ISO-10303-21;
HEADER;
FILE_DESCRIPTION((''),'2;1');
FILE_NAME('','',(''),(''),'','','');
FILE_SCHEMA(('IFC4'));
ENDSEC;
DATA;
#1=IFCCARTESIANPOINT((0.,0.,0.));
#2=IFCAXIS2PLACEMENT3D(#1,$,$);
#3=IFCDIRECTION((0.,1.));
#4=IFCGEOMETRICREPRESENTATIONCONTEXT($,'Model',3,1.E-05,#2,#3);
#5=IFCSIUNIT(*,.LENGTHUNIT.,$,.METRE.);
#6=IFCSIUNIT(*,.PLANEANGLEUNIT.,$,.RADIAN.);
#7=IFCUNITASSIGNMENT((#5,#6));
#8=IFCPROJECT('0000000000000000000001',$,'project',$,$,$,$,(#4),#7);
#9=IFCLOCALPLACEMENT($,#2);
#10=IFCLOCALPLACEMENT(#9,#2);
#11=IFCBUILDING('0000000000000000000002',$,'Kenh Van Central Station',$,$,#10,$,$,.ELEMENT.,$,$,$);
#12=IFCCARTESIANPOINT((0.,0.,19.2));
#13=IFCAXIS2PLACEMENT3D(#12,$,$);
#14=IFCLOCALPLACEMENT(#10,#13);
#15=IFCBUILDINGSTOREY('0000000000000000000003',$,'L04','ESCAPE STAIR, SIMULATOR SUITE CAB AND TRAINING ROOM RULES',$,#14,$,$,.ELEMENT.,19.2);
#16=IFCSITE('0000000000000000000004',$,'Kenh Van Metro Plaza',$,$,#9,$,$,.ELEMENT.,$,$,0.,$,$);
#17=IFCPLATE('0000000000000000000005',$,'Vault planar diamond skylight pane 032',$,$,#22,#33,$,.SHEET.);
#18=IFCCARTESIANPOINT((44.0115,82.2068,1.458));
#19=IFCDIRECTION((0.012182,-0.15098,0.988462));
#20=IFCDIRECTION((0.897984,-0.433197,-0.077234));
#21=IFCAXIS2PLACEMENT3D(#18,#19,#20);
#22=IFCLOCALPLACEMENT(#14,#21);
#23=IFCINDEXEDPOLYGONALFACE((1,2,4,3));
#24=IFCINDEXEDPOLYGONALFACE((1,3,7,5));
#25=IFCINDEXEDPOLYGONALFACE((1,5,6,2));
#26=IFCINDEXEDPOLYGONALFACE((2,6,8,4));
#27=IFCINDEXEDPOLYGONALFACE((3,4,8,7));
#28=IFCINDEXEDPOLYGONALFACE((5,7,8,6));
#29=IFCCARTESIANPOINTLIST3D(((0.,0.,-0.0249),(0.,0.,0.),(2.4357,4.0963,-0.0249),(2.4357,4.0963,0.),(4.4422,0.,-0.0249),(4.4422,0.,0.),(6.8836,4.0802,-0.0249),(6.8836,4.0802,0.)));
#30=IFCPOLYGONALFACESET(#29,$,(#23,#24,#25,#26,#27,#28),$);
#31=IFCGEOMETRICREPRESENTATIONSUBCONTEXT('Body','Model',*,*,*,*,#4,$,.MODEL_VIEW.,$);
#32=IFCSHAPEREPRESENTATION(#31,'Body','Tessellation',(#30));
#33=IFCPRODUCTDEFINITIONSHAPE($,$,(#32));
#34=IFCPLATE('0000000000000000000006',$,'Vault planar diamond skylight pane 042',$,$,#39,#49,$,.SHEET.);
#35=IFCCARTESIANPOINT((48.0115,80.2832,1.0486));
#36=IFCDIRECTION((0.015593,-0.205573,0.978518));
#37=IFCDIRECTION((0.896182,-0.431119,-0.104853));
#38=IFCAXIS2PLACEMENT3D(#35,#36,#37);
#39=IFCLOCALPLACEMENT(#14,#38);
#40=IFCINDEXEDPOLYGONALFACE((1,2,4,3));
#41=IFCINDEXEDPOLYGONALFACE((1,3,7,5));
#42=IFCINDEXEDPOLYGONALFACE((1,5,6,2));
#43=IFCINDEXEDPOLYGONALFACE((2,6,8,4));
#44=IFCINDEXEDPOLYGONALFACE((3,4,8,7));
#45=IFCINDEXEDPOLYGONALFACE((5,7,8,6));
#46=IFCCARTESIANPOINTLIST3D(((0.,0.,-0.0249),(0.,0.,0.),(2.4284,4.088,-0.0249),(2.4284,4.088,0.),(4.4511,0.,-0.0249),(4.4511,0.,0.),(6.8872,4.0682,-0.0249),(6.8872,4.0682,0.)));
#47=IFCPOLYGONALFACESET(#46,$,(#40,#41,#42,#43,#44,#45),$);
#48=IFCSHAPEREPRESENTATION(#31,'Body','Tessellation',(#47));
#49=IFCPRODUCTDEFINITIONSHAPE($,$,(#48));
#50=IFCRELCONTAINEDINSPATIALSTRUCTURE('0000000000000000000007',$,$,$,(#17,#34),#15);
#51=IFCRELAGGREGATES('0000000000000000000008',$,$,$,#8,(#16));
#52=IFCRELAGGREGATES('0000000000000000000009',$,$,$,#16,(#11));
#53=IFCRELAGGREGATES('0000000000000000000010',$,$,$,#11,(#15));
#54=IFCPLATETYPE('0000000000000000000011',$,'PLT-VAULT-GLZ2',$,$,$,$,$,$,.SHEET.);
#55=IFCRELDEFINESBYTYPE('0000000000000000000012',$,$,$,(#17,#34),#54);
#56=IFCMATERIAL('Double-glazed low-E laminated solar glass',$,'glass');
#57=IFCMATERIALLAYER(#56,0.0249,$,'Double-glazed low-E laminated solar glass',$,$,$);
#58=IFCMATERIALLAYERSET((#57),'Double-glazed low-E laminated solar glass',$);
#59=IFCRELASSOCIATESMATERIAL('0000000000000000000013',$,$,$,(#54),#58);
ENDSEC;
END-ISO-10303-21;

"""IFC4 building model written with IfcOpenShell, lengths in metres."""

from ifc_helpers import new_model, si_unit, direction, frame, origin, place, context, subcontext, project, spatial, polyline, outline, extrude, material, layer, layer_set, type_object, element, save


model = new_model("IFC4")

# Units and contexts
model_context = context("Model", 3, precision=1e-05, world=origin(), true_north=direction((0.0, 1.0)))
body_context = subcontext(model_context, "Body", "Model", "MODEL_VIEW")
ifc_project = project(units=[si_unit("LENGTHUNIT", "METRE"), si_unit("PLANEANGLEUNIT", "RADIAN")], contexts=[model_context])

# Site, building, storey
site_placement = place(None, origin())
site = spatial("IfcSite", under=ifc_project, at=site_placement, Name="Kenh Van Metro Plaza", CompositionType="ELEMENT", RefElevation=0.0)
building_placement = place(site_placement, origin())
building = spatial("IfcBuilding", under=site, at=building_placement, Name="Kenh Van Central Station", CompositionType="ELEMENT")
storey_placement = place(building_placement, frame((0.0, 0.0, 19.2)))
storey = spatial("IfcBuildingStorey", under=building, at=storey_placement, Name="L04", Description="ESCAPE STAIR, SIMULATOR SUITE CAB AND TRAINING ROOM RULES", CompositionType="ELEMENT", Elevation=19.2)

# Plates
ifc_material_1 = material(Name="Double-glazed low-E laminated solar glass", Category="glass")
ifc_layer_1 = layer(ifc_material_1, 0.0249, Name="Double-glazed low-E laminated solar glass")
ifc_layer_set_1 = layer_set([ifc_layer_1], Name="Double-glazed low-E laminated solar glass")
plate_type_1 = type_object("IfcPlateType", Name="PLT-VAULT-GLZ2", PredefinedType="SHEET", material=ifc_layer_set_1)
plate_1_placement = place(storey_placement, frame((44.0115, 82.2068, 1.458), z_axis=(0.012182, -0.15098, 0.988462), x_axis=(0.897984, -0.433197, -0.077234)))
element("IfcPlate", 1, at=plate_1_placement, inside=storey, type_object=plate_type_1, Name="Vault planar diamond skylight pane 032", PredefinedType="SHEET", context=body_context, shape_type="SweptSolid", body=[
    extrude(outline(polyline([(0.0, 0.0), (4.4422, 0.0), (6.8836, 4.0802), (2.4357, 4.0963), (0.0, 0.0)])), origin(), (0.0, 0.0, -1.0), 0.0249),
])
plate_2_placement = place(storey_placement, frame((48.0115, 80.2832, 1.0486), z_axis=(0.015593, -0.205573, 0.978518), x_axis=(0.896182, -0.431119, -0.104853)))
element("IfcPlate", 2, at=plate_2_placement, inside=storey, type_object=plate_type_1, Name="Vault planar diamond skylight pane 042", PredefinedType="SHEET", context=body_context, shape_type="SweptSolid", body=[
    extrude(outline(polyline([(0.0, 0.0), (4.4511, 0.0), (6.8872, 4.0682), (2.4284, 4.088), (0.0, 0.0)])), origin(), (0.0, 0.0, -1.0), 0.0249),
])

save(model, "model.ifc")
